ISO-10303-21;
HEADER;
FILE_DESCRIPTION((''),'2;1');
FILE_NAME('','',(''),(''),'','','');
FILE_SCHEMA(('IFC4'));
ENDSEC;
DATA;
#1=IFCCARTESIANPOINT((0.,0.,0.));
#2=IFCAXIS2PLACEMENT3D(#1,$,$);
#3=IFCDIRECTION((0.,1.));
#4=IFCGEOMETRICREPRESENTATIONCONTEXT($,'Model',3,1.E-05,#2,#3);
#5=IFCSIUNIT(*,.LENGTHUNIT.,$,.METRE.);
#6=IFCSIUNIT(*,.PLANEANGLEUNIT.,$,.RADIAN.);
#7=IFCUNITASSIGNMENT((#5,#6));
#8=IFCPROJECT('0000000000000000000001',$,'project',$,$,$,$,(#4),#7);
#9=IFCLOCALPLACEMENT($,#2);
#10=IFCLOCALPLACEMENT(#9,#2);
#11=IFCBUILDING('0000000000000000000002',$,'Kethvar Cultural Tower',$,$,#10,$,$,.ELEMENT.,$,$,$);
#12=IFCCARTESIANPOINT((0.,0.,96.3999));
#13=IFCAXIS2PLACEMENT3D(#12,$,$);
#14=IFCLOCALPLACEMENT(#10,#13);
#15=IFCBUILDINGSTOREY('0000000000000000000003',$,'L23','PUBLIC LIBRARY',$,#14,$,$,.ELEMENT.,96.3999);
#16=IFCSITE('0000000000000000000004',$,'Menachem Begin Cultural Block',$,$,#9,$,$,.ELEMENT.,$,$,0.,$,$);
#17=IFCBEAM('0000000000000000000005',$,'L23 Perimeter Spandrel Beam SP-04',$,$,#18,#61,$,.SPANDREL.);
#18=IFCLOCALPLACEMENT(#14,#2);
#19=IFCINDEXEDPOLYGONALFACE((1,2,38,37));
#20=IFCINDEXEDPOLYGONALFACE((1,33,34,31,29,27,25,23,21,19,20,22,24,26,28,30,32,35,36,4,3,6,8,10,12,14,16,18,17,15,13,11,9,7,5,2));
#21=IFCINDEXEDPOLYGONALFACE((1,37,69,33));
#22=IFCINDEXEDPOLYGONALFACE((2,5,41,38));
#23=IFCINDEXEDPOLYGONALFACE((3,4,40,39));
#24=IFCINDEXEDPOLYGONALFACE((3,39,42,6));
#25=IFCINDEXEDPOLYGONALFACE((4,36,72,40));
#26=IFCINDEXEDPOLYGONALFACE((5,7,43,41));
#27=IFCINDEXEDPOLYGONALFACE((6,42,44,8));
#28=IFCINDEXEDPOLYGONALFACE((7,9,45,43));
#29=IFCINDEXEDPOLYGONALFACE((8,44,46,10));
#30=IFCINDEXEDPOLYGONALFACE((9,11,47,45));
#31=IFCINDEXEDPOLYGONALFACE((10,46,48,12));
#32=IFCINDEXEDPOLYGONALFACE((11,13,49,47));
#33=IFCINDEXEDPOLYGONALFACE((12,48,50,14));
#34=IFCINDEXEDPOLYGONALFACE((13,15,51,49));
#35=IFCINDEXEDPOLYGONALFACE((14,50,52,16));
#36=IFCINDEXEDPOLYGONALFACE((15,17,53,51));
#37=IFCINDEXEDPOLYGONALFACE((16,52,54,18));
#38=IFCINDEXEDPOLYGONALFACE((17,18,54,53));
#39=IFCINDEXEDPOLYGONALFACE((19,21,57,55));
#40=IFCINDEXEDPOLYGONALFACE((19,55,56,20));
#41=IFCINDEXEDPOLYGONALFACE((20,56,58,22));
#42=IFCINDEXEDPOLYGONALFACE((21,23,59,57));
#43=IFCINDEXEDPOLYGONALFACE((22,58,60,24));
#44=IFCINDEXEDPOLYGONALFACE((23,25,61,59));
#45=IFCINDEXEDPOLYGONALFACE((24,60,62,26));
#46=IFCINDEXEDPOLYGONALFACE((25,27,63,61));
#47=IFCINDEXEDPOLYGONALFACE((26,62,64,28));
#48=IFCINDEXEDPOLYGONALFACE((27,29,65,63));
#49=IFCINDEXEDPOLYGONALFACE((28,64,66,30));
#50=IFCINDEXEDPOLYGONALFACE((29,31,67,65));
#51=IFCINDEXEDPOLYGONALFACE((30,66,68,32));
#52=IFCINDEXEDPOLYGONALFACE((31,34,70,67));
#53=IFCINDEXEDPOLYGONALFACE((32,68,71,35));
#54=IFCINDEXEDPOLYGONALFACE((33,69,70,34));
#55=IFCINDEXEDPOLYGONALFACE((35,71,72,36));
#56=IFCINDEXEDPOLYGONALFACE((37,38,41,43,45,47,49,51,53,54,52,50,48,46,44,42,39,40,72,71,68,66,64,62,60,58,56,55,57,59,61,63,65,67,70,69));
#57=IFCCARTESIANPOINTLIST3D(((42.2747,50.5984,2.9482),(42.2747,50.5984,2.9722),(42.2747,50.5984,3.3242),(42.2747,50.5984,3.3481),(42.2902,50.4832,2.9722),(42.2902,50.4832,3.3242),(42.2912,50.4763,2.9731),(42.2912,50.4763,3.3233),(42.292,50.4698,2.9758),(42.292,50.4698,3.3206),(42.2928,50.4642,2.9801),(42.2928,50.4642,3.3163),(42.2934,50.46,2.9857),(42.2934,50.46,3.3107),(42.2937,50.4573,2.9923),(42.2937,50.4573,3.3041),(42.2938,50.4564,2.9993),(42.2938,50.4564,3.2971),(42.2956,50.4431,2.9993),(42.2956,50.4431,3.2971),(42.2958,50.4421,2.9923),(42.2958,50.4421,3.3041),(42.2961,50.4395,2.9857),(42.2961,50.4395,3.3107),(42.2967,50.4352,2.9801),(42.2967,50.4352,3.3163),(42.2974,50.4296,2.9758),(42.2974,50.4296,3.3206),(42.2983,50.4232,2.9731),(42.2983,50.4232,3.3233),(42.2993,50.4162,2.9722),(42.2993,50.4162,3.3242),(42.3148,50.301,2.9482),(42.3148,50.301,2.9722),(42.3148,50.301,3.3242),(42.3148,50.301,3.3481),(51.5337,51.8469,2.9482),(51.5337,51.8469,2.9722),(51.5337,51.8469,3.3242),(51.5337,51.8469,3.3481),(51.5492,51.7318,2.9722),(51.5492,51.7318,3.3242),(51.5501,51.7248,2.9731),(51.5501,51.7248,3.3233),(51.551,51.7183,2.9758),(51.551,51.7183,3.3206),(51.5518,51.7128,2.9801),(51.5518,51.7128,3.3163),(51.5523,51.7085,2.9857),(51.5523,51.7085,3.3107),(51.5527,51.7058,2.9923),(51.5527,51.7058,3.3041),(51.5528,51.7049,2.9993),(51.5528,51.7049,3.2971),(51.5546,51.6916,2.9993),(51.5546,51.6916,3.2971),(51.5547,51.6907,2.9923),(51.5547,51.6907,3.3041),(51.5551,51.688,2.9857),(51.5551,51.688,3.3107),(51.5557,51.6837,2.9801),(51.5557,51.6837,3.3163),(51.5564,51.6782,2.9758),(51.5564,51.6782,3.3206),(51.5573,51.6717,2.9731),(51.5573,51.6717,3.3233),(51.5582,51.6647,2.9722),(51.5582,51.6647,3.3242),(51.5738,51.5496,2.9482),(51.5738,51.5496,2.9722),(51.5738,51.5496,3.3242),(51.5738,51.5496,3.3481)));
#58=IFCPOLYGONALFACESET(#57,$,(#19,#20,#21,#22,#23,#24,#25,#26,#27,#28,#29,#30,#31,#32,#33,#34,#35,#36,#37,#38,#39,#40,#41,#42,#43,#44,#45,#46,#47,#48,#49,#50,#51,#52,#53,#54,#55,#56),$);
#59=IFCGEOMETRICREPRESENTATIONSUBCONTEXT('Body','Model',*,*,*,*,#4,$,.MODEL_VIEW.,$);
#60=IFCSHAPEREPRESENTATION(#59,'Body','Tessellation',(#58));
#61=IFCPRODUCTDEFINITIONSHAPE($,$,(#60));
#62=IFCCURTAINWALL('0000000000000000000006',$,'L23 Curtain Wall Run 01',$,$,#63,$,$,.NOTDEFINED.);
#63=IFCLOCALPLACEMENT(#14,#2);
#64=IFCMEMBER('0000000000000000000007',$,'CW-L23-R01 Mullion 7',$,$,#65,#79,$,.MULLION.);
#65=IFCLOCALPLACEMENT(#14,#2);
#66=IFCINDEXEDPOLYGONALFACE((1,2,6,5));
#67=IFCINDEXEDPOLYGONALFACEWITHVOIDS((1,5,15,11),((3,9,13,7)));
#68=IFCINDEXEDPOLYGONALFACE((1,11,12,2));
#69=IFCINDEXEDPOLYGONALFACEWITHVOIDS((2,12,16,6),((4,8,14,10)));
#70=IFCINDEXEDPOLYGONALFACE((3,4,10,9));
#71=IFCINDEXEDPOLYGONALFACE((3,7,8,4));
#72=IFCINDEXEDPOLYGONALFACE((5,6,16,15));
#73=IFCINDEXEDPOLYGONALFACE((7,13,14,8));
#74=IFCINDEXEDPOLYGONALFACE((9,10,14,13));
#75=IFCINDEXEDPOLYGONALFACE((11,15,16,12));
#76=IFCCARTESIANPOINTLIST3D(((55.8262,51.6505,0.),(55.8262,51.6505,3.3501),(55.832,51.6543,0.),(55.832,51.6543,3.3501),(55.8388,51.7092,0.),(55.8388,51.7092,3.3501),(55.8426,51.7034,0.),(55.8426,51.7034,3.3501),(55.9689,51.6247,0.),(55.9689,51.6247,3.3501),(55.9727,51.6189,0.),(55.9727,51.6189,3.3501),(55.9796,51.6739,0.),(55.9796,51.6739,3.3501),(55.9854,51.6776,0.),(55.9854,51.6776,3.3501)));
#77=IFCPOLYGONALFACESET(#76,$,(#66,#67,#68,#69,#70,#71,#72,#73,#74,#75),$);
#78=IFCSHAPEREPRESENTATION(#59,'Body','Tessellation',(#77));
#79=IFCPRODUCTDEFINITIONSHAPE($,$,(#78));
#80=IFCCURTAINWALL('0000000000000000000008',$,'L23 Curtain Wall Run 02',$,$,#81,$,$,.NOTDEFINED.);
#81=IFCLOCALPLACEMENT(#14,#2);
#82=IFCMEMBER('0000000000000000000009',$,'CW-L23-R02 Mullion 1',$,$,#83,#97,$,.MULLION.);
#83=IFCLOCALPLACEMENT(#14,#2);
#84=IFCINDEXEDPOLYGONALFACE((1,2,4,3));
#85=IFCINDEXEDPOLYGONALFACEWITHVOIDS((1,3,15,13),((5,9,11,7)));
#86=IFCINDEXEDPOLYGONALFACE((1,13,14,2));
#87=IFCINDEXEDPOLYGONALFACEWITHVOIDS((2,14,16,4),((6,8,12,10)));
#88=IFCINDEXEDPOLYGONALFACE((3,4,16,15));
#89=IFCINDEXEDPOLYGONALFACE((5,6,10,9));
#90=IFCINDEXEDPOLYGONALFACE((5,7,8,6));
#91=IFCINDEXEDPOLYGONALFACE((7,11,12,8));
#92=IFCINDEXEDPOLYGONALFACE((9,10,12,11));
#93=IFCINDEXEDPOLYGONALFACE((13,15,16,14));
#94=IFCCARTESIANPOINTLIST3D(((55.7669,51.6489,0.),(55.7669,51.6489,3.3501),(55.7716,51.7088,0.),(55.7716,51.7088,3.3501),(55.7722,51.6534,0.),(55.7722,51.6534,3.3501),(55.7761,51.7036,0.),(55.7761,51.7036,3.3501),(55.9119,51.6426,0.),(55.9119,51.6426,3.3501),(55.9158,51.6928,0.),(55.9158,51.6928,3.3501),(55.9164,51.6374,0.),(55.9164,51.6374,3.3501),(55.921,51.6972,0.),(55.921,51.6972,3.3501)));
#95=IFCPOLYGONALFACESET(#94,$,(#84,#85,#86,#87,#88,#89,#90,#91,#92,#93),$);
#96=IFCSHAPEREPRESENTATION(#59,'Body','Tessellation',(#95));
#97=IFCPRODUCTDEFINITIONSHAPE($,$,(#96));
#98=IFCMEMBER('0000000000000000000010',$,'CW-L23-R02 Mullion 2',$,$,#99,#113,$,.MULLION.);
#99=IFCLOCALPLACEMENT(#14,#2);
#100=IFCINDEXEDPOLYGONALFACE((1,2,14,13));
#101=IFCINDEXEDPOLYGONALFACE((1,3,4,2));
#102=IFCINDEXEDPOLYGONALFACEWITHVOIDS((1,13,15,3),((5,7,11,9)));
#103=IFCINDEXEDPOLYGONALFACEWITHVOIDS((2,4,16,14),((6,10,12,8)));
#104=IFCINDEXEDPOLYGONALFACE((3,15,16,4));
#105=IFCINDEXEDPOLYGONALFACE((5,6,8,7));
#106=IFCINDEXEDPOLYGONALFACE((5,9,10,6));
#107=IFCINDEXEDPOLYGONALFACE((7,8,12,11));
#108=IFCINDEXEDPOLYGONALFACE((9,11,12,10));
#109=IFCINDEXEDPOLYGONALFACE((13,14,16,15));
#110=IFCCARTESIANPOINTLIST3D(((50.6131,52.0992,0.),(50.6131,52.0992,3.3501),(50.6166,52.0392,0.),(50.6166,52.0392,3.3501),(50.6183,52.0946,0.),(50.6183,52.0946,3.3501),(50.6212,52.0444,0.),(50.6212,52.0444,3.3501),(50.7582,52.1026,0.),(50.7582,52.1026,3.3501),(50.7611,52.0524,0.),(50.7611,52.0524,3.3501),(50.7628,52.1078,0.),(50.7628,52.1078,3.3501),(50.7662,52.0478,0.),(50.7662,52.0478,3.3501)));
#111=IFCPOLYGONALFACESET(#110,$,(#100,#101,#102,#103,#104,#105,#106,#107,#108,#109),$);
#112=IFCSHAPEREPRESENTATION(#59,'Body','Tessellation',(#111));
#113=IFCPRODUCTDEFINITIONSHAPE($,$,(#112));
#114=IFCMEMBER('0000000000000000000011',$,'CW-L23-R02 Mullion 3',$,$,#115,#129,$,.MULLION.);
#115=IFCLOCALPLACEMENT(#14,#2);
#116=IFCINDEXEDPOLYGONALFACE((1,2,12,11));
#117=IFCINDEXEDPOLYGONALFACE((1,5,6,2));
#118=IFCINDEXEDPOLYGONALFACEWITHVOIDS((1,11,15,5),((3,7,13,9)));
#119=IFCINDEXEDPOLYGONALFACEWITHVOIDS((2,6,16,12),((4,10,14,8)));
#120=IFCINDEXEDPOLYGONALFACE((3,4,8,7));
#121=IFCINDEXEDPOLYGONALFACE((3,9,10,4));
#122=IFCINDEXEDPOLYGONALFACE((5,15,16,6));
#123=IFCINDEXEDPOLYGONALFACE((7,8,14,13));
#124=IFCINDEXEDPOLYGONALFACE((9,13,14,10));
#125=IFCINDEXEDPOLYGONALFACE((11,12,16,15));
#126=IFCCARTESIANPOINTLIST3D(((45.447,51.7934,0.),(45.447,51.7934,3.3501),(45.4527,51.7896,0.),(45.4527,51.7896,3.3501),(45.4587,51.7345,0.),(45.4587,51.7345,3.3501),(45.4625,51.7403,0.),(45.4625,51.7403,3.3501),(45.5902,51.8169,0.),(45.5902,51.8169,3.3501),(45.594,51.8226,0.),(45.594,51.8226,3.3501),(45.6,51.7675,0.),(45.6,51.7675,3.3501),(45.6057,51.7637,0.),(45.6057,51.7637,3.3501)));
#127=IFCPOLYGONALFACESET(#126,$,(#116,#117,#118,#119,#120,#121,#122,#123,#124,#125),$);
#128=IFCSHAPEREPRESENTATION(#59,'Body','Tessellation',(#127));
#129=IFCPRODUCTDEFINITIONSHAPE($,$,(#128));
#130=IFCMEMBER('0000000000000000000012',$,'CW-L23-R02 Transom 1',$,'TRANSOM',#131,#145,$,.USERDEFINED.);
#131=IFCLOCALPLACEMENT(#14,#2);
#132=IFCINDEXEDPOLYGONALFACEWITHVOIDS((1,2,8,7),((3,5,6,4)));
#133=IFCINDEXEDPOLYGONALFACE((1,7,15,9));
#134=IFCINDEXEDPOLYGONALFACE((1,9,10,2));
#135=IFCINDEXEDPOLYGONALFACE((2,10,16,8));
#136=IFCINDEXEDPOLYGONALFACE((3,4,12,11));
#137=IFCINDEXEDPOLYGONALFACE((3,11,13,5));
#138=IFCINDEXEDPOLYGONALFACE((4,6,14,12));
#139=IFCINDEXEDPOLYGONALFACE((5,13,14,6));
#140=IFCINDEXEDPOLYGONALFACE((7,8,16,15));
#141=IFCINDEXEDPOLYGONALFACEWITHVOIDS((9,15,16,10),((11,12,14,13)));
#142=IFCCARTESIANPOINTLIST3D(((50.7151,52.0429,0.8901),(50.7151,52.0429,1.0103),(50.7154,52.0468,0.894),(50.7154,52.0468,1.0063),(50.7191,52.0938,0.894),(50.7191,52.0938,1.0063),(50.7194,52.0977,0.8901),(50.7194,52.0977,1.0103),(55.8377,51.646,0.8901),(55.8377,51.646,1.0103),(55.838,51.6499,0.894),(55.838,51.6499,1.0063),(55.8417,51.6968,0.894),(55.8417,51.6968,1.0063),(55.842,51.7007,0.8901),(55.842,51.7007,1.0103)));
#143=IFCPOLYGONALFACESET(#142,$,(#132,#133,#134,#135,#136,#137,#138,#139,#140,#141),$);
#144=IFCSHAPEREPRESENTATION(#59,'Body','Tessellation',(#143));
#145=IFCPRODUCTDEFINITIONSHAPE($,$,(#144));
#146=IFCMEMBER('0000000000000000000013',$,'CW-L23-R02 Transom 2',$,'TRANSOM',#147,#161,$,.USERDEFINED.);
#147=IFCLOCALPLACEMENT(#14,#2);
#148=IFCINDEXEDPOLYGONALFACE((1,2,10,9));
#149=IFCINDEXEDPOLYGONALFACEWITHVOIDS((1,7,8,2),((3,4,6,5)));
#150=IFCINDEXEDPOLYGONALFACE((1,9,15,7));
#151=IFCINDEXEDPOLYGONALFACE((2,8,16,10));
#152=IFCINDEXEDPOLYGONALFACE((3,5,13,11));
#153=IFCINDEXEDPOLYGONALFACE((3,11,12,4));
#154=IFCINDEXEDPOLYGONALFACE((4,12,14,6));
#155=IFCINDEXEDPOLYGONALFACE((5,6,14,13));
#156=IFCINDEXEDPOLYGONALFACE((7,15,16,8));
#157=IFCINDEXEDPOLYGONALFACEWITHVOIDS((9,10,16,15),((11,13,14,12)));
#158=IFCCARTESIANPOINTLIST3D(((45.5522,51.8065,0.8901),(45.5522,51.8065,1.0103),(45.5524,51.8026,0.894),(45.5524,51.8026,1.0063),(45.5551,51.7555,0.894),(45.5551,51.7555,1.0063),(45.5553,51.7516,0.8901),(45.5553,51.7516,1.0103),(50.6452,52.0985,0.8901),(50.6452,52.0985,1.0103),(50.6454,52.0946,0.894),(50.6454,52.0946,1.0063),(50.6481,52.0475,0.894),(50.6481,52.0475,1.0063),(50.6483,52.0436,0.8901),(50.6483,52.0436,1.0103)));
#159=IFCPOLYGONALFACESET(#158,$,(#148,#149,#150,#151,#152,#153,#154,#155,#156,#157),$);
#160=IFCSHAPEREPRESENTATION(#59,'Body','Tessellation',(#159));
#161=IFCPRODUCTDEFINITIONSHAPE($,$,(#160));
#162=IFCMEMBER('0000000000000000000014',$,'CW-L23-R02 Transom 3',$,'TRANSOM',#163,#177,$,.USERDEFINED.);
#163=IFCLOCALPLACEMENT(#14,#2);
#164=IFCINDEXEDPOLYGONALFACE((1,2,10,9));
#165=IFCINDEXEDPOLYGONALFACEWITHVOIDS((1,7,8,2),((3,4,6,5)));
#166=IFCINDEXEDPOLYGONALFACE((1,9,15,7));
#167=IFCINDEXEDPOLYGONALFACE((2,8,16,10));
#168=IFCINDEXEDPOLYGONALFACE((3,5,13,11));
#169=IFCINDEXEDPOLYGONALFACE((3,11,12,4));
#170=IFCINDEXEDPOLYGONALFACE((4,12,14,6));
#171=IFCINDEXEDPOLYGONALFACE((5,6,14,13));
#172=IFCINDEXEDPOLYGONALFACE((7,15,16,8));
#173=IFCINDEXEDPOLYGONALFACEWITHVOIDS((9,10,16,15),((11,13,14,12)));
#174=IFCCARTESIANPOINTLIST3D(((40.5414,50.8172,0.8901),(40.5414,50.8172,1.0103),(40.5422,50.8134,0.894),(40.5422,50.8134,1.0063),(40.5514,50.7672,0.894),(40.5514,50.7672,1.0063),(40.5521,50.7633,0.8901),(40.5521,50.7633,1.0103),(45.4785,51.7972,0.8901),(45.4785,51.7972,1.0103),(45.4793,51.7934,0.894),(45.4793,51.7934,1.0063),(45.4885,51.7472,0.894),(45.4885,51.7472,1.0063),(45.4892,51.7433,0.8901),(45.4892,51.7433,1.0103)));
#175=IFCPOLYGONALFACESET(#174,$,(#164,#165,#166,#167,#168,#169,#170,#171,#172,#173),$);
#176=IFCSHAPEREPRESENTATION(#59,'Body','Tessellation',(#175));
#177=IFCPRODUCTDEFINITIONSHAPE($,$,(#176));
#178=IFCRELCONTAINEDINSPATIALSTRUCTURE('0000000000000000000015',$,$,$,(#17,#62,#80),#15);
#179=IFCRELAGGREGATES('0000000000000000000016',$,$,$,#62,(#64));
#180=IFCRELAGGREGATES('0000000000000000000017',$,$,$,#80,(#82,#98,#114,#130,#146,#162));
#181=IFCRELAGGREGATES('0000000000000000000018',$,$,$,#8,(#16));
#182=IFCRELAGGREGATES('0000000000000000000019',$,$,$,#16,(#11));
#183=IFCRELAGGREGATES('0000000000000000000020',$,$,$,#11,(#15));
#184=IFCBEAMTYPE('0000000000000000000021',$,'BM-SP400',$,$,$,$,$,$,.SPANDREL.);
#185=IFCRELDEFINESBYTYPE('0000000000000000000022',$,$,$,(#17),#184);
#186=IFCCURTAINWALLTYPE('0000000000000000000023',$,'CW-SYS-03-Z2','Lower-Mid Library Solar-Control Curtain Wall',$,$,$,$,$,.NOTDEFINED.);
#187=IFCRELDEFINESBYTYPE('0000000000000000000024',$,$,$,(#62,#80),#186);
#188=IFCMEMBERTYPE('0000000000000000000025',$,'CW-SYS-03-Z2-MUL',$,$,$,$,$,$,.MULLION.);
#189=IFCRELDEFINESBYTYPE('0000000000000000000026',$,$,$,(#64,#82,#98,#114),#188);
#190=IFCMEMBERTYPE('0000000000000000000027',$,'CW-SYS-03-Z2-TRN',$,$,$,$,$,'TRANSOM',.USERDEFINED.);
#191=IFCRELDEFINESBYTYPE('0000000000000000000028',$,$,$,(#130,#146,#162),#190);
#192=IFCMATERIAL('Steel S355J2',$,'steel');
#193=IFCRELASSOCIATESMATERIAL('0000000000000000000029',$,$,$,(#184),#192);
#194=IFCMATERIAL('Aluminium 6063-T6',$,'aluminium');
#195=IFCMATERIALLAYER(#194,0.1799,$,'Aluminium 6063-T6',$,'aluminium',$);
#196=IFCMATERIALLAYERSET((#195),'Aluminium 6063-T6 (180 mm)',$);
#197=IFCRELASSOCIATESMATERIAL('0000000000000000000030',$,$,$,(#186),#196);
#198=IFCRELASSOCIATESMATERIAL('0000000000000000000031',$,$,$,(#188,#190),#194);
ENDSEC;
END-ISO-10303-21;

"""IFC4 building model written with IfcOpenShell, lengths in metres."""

from ifc_helpers import new_model, si_unit, direction, frame, origin, origin_2d, place, context, subcontext, project, spatial, hollow_rectangle, i_section, extrude, source, transform, mapped, material, layer, layer_set, material_profile, profile_set, type_object, element, aggregate, save


model = new_model("IFC4")

# Units and contexts
model_context = context("Model", 3, precision=1e-05, world=origin(), true_north=direction((0.0, 1.0)))
body_context = subcontext(model_context, "Body", "Model", "MODEL_VIEW")
ifc_project = project(units=[si_unit("LENGTHUNIT", "METRE"), si_unit("PLANEANGLEUNIT", "RADIAN")], contexts=[model_context])

# Site, building, storey
site_placement = place(None, origin())
site = spatial("IfcSite", under=ifc_project, at=site_placement, Name="Menachem Begin Cultural Block", CompositionType="ELEMENT", RefElevation=0.0)
building_placement = place(site_placement, origin())
building = spatial("IfcBuilding", under=site, at=building_placement, Name="Kethvar Cultural Tower", CompositionType="ELEMENT")
storey_placement = place(building_placement, frame((0.0, 0.0, 96.3999)))
storey = spatial("IfcBuildingStorey", under=building, at=storey_placement, Name="L23", Description="PUBLIC LIBRARY", CompositionType="ELEMENT", Elevation=96.3999)

# Beam
ifc_material_1 = material(Name="Steel S355J2", Category="steel")
ifc_material_profile_1 = material_profile(ifc_material_1, i_section(OverallWidth=0.3, OverallDepth=0.3999, WebThickness=0.0134, FlangeThickness=0.0239, FilletRadius=0.0271, at=origin_2d()), Name="Steel S355J2 — HEB400")
ifc_profile_set_1 = profile_set([ifc_material_profile_1], Name="Steel S355J2 — HEB400")
beam_type_1 = type_object("IfcBeamType", Name="BM-SP400", PredefinedType="SPANDREL", material=ifc_profile_set_1)
shared_shape_1 = source(origin(), body_context, "Body", "SweptSolid", [
    extrude(i_section(OverallWidth=0.3, OverallDepth=0.3999, WebThickness=0.0134, FlangeThickness=0.0239, FilletRadius=0.0271, at=origin_2d()), origin(), (0.0, 0.0, 1.0), 9.3428),
])
beam_1_placement = place(storey_placement, frame((51.5537, 51.6982, 3.1482), z_axis=(-0.991031, -0.133636, 0.0), x_axis=(0.133636, -0.991031, 0.0)))
element("IfcBeam", 1, at=beam_1_placement, inside=storey, type_object=beam_type_1, Name="L23 Perimeter Spandrel Beam SP-04", PredefinedType="SPANDREL", context=body_context, shape_type="MappedRepresentation", body=[
    mapped(shared_shape_1, transform((0.0, 0.0, 0.0), scale=1.0)),
])

# Curtain wall, member
ifc_material_2 = material(Name="Aluminium 6063-T6", Category="aluminium")
ifc_layer_1 = layer(ifc_material_2, 0.1799, Name="Aluminium 6063-T6", Category="aluminium")
ifc_layer_set_1 = layer_set([ifc_layer_1], Name="Aluminium 6063-T6 (180 mm)")
curtain_wall_type = type_object("IfcCurtainWallType", Name="CW-SYS-03-Z2", Description="Lower-Mid Library Solar-Control Curtain Wall", PredefinedType="NOTDEFINED", material=ifc_layer_set_1)
curtain_wall_1_placement = place(storey_placement, origin())
curtain_wall_1 = element("IfcCurtainWall", 2, at=curtain_wall_1_placement, inside=storey, type_object=curtain_wall_type, Name="L23 Curtain Wall Run 01", PredefinedType="NOTDEFINED")
ifc_material_profile_2 = material_profile(ifc_material_2, hollow_rectangle(XDim=0.0601, YDim=0.1499, WallThickness=0.0049, at=origin_2d()), Name="Aluminium 6063-T6 — RHS150x60x5")
ifc_profile_set_2 = profile_set([ifc_material_profile_2], Name="Aluminium 6063-T6 — RHS150x60x5")
member_type_1 = type_object("IfcMemberType", Name="CW-SYS-03-Z2-MUL", PredefinedType="MULLION", material=ifc_profile_set_2)
shared_shape_2 = source(origin(), body_context, "Body", "SweptSolid", [
    extrude(hollow_rectangle(XDim=0.0601, YDim=0.1499, WallThickness=0.0049, at=origin_2d()), origin(), (0.0, 0.0, 1.0), 3.3501),
])
member_1_placement = place(storey_placement, frame((55.9058, 51.6641, 0.0), z_axis=(0.0, 0.0, 1.0), x_axis=(-0.210949, -0.977497, 0.0)))
member_1 = element("IfcMember", 3, at=member_1_placement, type_object=member_type_1, Name="CW-L23-R01 Mullion 7", PredefinedType="MULLION", context=body_context, shape_type="MappedRepresentation", body=[
    mapped(shared_shape_2, transform((0.0, 0.0, 0.0), scale=1.0)),
])

# Curtain wall, members
curtain_wall_2_placement = place(storey_placement, origin())
curtain_wall_2 = element("IfcCurtainWall", 4, at=curtain_wall_2_placement, inside=storey, type_object=curtain_wall_type, Name="L23 Curtain Wall Run 02", PredefinedType="NOTDEFINED")
member_2_placement = place(storey_placement, frame((55.844, 51.6731, 0.0), z_axis=(0.0, 0.0, 1.0), x_axis=(-0.077276, -0.99701, 0.0)))
member_2 = element("IfcMember", 5, at=member_2_placement, type_object=member_type_1, Name="CW-L23-R02 Mullion 1", PredefinedType="MULLION", context=body_context, shape_type="MappedRepresentation", body=[
    mapped(shared_shape_2, transform((0.0, 0.0, 0.0), scale=1.0)),
])
member_3_placement = place(storey_placement, frame((50.6897, 52.0735, 0.0), z_axis=(0.0, 0.0, 1.0), x_axis=(0.05725, -0.99836, 0.0)))
member_3 = element("IfcMember", 6, at=member_3_placement, type_object=member_type_1, Name="CW-L23-R02 Mullion 2", PredefinedType="MULLION", context=body_context, shape_type="MappedRepresentation", body=[
    mapped(shared_shape_2, transform((0.0, 0.0, 0.0), scale=1.0)),
])
member_4_placement = place(storey_placement, frame((45.5264, 51.7786, 0.0), z_axis=(0.0, 0.0, 1.0), x_axis=(0.194679, -0.980867, 0.0)))
member_4 = element("IfcMember", 7, at=member_4_placement, type_object=member_type_1, Name="CW-L23-R02 Mullion 3", PredefinedType="MULLION", context=body_context, shape_type="MappedRepresentation", body=[
    mapped(shared_shape_2, transform((0.0, 0.0, 0.0), scale=1.0)),
])
ifc_material_profile_3 = material_profile(ifc_material_2, hollow_rectangle(XDim=0.0549, YDim=0.1201, WallThickness=0.0039, at=origin_2d()), Name="Aluminium 6063-T6 — RHS120x55x4")
ifc_profile_set_3 = profile_set([ifc_material_profile_3], Name="Aluminium 6063-T6 — RHS120x55x4")
member_type_2 = type_object("IfcMemberType", Name="CW-SYS-03-Z2-TRN", ElementType="TRANSOM", PredefinedType="USERDEFINED", material=ifc_profile_set_3)
shared_shape_3 = source(origin(), body_context, "Body", "SweptSolid", [
    extrude(hollow_rectangle(XDim=0.0549, YDim=0.1201, WallThickness=0.0039, at=origin_2d()), origin(), (0.0, 0.0, 1.0), 5.1379),
])
member_5_placement = place(storey_placement, frame((55.8398, 51.6733, 0.9502), z_axis=(-0.997011, 0.077263, 0.0), x_axis=(-0.077263, -0.997011, 0.0)))
member_5 = element("IfcMember", 8, at=member_5_placement, type_object=member_type_2, Name="CW-L23-R02 Transom 1", ObjectType="TRANSOM", PredefinedType="USERDEFINED", context=body_context, shape_type="MappedRepresentation", body=[
    mapped(shared_shape_3, transform((0.0, 0.0, 0.0), scale=1.0)),
])
shared_shape_4 = source(origin(), body_context, "Body", "SweptSolid", [
    extrude(hollow_rectangle(XDim=0.0549, YDim=0.1201, WallThickness=0.0039, at=origin_2d()), origin(), (0.0, 0.0, 1.0), 5.1013),
])
member_6_placement = place(storey_placement, frame((50.6467, 52.071, 0.9502), z_axis=(-0.998361, -0.057238, 0.0), x_axis=(0.057238, -0.998361, 0.0)))
member_6 = element("IfcMember", 9, at=member_6_placement, type_object=member_type_2, Name="CW-L23-R02 Transom 2", ObjectType="TRANSOM", PredefinedType="USERDEFINED", context=body_context, shape_type="MappedRepresentation", body=[
    mapped(shared_shape_4, transform((0.0, 0.0, 0.0), scale=1.0)),
])
shared_shape_5 = source(origin(), body_context, "Body", "SweptSolid", [
    extrude(hollow_rectangle(XDim=0.0549, YDim=0.1201, WallThickness=0.0039, at=origin_2d()), origin(), (0.0, 0.0, 1.0), 5.0334),
])
member_7_placement = place(storey_placement, frame((45.4839, 51.7703, 0.9502), z_axis=(-0.980863, -0.194698, 0.0), x_axis=(0.194698, -0.980863, 0.0)))
member_7 = element("IfcMember", 10, at=member_7_placement, type_object=member_type_2, Name="CW-L23-R02 Transom 3", ObjectType="TRANSOM", PredefinedType="USERDEFINED", context=body_context, shape_type="MappedRepresentation", body=[
    mapped(shared_shape_5, transform((0.0, 0.0, 0.0), scale=1.0)),
])

aggregate(curtain_wall_1, [member_1])
aggregate(curtain_wall_2, [member_2, member_3, member_4, member_5, member_6, member_7])

save(model, "model.ifc")
